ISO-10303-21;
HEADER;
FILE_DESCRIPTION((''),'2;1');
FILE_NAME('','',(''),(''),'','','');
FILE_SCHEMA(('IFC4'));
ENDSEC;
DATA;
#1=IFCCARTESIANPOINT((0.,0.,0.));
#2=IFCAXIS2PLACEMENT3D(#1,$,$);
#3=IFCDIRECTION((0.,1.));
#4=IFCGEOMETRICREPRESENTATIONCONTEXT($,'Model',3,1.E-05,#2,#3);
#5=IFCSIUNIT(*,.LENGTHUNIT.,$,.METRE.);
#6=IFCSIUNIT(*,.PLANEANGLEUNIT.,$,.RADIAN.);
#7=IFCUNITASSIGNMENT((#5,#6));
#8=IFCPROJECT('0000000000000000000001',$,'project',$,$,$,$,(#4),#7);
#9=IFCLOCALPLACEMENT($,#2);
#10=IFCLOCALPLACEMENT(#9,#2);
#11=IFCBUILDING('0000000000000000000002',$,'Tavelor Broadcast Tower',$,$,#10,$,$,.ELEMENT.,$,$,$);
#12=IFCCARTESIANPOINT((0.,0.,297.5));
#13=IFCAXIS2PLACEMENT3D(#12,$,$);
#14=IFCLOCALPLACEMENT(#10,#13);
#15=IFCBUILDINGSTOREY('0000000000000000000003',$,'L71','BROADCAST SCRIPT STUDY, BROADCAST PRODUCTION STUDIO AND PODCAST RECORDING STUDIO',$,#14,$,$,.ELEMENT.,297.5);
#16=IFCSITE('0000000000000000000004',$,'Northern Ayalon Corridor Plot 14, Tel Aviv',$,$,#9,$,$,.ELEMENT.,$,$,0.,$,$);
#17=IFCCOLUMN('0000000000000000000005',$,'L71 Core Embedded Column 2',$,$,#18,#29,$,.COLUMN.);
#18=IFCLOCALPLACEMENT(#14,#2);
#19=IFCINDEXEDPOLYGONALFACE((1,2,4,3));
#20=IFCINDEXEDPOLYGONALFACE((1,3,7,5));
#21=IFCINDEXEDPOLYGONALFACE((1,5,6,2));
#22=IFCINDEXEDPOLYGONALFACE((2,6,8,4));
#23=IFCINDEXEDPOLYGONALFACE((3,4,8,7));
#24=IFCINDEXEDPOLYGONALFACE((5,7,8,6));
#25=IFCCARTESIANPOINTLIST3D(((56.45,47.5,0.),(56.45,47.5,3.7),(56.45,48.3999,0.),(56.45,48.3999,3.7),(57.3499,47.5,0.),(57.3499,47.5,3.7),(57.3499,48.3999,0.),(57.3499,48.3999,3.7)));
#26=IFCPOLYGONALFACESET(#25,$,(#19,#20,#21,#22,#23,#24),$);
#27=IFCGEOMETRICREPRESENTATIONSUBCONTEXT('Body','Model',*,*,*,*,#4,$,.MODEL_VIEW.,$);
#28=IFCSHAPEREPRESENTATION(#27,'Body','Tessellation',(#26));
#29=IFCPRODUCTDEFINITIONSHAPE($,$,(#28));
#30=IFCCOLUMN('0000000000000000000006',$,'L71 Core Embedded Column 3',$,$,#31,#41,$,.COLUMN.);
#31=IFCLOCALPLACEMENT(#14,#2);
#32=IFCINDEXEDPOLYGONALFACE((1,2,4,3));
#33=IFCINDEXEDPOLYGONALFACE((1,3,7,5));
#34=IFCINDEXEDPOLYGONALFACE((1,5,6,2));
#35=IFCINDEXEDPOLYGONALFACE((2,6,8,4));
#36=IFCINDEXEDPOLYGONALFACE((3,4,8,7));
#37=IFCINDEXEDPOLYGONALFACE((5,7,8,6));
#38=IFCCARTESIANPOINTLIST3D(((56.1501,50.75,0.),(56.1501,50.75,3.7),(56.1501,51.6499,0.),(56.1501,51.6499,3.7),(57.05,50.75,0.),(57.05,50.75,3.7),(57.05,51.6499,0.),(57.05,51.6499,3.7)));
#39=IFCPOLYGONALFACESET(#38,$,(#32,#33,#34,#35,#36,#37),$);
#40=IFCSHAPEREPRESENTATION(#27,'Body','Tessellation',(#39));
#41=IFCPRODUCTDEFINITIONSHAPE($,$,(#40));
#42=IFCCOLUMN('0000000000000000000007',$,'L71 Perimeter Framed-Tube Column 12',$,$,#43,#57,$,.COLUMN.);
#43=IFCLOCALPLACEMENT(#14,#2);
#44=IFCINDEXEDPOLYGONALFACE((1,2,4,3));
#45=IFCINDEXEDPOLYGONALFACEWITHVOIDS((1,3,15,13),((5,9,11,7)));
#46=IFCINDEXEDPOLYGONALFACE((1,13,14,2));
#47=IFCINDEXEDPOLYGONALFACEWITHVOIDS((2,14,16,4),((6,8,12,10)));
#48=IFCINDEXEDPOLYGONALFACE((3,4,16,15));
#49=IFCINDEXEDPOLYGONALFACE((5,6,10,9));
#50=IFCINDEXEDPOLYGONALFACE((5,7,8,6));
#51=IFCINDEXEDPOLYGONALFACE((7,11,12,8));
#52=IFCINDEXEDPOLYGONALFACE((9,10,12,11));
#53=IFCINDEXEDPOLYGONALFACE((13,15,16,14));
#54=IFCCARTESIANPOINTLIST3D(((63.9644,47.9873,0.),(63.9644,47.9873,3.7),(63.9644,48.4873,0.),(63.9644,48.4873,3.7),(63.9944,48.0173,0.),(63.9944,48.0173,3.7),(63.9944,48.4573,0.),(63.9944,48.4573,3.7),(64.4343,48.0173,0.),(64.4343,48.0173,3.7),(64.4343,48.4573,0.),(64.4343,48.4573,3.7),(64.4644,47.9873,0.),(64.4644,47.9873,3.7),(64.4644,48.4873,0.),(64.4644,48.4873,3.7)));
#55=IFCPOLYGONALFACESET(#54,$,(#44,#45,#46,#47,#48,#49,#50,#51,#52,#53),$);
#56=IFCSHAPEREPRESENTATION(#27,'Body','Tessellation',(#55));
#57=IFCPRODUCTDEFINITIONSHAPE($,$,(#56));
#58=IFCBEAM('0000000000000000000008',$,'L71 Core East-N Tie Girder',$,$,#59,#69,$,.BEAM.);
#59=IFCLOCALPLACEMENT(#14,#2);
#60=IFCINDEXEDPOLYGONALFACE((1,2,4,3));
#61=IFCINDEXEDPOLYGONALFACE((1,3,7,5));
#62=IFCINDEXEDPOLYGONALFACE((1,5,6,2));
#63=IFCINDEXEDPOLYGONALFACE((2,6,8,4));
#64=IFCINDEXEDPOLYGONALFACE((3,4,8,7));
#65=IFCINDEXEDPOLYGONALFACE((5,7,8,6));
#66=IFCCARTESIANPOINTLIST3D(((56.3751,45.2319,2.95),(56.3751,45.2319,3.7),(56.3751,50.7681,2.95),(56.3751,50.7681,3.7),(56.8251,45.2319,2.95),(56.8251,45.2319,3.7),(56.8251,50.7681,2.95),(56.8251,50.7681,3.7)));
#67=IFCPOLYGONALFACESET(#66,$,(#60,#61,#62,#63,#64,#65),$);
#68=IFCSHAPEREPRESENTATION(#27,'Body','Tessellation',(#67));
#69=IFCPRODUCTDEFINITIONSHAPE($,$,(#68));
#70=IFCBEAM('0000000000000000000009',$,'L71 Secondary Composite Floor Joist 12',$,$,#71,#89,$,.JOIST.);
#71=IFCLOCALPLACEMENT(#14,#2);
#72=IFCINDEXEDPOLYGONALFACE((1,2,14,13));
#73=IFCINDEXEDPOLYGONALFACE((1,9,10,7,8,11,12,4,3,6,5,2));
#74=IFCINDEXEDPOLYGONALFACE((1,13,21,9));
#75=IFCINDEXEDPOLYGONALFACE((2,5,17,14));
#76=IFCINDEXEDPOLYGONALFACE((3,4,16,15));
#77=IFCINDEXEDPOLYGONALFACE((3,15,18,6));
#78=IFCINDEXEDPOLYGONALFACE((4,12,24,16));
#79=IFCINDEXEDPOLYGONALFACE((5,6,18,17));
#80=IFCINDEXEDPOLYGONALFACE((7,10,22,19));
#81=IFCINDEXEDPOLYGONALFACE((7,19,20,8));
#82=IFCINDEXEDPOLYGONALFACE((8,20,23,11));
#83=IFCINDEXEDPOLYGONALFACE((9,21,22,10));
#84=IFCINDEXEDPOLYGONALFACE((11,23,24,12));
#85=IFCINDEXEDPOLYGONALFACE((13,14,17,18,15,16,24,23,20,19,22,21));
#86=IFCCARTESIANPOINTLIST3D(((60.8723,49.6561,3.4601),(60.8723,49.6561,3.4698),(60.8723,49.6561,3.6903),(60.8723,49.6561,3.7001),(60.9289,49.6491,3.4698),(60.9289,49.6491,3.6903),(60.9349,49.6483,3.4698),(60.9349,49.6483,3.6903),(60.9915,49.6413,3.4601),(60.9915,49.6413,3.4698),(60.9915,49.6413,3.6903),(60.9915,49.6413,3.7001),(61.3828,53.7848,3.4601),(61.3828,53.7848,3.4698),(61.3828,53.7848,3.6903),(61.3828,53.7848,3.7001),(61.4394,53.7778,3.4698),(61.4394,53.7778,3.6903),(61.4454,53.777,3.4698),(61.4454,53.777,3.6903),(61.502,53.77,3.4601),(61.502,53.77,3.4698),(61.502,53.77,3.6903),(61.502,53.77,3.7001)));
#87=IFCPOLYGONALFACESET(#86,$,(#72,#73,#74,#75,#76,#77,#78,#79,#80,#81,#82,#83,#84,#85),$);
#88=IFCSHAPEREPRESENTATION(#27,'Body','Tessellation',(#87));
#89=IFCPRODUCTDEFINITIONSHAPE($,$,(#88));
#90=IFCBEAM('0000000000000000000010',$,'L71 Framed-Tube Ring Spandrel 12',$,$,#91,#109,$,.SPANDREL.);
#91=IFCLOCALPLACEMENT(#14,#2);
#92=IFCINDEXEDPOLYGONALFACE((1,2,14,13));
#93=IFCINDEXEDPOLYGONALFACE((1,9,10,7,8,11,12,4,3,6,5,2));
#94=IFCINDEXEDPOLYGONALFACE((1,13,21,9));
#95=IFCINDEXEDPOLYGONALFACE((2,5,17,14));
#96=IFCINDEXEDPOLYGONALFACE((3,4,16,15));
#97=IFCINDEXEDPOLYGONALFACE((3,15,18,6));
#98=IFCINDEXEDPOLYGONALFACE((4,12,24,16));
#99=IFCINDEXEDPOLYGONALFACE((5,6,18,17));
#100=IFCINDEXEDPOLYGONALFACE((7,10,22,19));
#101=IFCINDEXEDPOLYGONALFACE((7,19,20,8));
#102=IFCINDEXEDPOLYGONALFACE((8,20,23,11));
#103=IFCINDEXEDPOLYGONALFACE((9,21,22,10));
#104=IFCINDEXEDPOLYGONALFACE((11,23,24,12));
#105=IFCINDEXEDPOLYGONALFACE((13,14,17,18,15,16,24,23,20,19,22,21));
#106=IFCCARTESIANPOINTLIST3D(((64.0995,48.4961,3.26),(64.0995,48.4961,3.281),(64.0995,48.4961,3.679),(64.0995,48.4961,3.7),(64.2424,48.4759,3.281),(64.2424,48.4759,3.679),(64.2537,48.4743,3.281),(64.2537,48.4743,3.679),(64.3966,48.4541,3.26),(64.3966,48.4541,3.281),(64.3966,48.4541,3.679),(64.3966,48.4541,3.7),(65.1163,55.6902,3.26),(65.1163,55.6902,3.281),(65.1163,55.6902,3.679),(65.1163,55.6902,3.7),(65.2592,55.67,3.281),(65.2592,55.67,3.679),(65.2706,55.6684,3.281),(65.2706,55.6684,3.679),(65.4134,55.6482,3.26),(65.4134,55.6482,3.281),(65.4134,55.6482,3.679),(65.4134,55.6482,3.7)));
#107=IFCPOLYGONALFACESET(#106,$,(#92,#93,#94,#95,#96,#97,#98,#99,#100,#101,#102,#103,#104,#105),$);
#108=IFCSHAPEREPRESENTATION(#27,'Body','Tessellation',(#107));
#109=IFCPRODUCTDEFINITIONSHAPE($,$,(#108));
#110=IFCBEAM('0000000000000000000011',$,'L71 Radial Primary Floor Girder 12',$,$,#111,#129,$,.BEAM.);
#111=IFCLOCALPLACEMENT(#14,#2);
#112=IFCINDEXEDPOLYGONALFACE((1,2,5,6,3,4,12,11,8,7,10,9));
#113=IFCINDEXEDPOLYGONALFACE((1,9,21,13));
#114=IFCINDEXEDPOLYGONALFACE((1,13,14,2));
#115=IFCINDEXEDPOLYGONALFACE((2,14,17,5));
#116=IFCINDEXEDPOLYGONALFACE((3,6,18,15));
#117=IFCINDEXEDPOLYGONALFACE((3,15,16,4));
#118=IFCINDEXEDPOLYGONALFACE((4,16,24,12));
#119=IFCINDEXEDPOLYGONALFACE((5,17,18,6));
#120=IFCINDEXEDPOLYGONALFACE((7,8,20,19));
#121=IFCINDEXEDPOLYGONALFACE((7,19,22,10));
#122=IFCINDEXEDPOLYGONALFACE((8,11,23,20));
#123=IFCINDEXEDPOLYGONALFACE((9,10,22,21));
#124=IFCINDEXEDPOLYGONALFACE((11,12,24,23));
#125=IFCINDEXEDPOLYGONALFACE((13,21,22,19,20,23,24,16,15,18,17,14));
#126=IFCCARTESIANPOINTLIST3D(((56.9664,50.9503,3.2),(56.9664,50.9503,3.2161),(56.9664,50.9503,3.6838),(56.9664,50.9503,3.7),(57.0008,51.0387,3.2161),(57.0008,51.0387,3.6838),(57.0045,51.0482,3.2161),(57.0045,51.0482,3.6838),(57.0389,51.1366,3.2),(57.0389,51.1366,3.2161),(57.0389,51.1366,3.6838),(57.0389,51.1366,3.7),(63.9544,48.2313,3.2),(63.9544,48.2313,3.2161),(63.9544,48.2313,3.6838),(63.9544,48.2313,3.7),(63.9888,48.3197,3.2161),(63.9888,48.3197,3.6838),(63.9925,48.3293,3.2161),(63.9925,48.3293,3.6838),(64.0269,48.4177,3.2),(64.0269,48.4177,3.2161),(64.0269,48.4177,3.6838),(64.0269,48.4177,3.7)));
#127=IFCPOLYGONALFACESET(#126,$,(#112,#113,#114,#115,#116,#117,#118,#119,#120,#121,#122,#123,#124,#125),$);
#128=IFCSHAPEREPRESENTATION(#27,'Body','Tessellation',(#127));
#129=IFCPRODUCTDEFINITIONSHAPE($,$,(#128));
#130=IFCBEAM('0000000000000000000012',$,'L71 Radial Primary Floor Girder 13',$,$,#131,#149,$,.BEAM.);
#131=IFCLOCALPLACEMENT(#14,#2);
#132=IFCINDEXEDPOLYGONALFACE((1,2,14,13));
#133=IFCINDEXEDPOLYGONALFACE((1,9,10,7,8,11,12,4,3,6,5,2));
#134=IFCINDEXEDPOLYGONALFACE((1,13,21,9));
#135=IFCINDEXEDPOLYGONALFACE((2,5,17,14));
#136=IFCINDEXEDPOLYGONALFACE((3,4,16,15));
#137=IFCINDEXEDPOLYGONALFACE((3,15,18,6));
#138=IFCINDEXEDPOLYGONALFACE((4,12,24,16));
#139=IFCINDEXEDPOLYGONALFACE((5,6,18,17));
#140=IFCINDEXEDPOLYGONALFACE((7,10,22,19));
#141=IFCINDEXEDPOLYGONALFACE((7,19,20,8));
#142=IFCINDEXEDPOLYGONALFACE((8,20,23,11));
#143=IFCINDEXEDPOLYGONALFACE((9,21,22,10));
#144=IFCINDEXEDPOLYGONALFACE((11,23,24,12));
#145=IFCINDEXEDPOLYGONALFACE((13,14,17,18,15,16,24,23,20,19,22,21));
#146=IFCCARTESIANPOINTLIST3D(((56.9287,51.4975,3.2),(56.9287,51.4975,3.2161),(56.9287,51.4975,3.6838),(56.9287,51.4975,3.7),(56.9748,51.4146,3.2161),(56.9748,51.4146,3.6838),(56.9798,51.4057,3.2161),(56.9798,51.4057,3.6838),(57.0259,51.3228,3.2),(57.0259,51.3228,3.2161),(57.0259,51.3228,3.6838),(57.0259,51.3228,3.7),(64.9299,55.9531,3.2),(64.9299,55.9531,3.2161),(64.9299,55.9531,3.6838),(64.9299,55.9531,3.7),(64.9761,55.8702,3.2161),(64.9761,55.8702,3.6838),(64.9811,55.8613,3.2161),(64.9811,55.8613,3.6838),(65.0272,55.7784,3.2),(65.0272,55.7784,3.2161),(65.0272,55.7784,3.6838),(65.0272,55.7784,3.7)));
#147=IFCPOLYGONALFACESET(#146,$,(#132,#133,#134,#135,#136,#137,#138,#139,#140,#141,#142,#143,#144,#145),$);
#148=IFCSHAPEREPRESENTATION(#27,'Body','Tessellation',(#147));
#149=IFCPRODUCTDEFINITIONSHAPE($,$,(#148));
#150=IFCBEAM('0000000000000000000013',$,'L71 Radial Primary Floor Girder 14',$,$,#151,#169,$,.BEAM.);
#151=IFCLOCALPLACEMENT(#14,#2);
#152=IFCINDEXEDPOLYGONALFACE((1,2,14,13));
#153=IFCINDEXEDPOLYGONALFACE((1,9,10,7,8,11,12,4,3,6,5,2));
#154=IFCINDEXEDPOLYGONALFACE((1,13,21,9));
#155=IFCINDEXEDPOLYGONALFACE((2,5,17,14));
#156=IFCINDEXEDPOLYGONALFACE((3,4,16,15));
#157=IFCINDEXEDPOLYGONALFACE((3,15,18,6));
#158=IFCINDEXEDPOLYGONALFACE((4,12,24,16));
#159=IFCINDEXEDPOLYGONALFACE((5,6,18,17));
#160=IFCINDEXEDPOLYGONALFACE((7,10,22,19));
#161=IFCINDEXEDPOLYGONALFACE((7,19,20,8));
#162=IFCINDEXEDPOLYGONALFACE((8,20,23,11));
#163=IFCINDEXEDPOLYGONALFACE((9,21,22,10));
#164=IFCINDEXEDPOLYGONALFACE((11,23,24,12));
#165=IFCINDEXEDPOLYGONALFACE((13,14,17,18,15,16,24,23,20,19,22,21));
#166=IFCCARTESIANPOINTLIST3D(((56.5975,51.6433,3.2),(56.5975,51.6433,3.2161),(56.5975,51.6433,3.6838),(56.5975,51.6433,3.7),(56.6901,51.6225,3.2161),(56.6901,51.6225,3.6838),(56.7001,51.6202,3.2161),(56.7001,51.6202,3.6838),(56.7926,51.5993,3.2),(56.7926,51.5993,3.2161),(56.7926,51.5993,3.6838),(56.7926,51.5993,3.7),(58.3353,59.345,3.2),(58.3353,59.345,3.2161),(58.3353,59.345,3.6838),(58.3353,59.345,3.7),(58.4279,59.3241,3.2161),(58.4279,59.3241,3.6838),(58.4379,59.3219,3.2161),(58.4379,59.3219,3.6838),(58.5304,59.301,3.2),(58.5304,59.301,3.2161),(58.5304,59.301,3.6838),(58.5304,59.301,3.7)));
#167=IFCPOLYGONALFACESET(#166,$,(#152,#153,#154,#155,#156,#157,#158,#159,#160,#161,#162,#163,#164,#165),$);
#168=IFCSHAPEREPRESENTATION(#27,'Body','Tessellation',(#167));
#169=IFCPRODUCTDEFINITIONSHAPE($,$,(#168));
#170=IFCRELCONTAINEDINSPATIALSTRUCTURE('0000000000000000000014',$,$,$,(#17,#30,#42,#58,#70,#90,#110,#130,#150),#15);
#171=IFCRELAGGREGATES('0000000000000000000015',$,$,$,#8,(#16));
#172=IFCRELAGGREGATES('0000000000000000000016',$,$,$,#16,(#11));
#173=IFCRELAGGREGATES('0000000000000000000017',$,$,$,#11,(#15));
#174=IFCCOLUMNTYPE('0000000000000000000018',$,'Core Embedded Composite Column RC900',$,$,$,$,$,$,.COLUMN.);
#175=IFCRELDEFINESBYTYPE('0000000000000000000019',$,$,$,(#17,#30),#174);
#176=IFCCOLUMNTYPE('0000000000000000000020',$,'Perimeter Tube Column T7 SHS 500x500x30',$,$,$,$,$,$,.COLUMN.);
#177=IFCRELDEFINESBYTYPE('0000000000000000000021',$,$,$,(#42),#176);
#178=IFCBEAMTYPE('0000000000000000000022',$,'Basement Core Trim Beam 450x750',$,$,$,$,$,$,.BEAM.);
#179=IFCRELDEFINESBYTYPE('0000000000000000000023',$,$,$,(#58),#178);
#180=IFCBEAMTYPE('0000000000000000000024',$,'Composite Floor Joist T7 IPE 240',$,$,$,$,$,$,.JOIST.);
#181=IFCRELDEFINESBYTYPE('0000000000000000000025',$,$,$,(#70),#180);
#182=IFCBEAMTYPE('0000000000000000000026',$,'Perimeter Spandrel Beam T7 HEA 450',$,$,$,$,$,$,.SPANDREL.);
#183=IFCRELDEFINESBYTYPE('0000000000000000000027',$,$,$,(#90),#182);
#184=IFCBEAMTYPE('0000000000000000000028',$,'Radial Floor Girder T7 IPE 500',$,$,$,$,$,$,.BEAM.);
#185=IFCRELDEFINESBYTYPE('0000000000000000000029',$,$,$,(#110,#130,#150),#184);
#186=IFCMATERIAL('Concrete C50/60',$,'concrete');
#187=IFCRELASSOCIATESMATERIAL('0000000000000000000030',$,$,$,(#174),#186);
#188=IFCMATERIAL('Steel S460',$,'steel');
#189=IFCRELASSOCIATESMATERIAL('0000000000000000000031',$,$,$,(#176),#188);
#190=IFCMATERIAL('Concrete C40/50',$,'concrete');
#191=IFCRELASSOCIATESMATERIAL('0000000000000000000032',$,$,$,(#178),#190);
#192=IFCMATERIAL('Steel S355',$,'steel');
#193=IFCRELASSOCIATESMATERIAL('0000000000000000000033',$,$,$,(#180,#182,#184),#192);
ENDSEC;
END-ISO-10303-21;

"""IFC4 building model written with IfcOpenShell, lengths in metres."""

from ifc_helpers import new_model, si_unit, direction, frame, origin, origin_2d, place, context, subcontext, project, spatial, rectangle, hollow_rectangle, i_section, extrude, material, material_profile, profile_set, type_object, element, save


model = new_model("IFC4")

# Units and contexts
model_context = context("Model", 3, precision=1e-05, world=origin(), true_north=direction((0.0, 1.0)))
body_context = subcontext(model_context, "Body", "Model", "MODEL_VIEW")
ifc_project = project(units=[si_unit("LENGTHUNIT", "METRE"), si_unit("PLANEANGLEUNIT", "RADIAN")], contexts=[model_context])

# Site, building, storey
site_placement = place(None, origin())
site = spatial("IfcSite", under=ifc_project, at=site_placement, Name="Northern Ayalon Corridor Plot 14, Tel Aviv", CompositionType="ELEMENT", RefElevation=0.0)
building_placement = place(site_placement, origin())
building = spatial("IfcBuilding", under=site, at=building_placement, Name="Tavelor Broadcast Tower", CompositionType="ELEMENT")
storey_placement = place(building_placement, frame((0.0, 0.0, 297.5)))
storey = spatial("IfcBuildingStorey", under=building, at=storey_placement, Name="L71", Description="BROADCAST SCRIPT STUDY, BROADCAST PRODUCTION STUDIO AND PODCAST RECORDING STUDIO", CompositionType="ELEMENT", Elevation=297.5)

# Columns
ifc_material_1 = material(Name="Concrete C50/60", Category="concrete")
ifc_material_profile_1 = material_profile(ifc_material_1, rectangle(XDim=0.8999, YDim=0.8999, at=origin_2d()), Name="RC 900x900")
ifc_profile_set_1 = profile_set([ifc_material_profile_1], Name="Concrete C50/60")
column_type_1 = type_object("IfcColumnType", Name="Core Embedded Composite Column RC900", PredefinedType="COLUMN", material=ifc_profile_set_1)
for number, where, z_axis, x_axis, name in (
    (1, (56.8999, 47.95, 0.0), (0.0, 0.0, 1.0), (1.0, 0.0, 0.0), "L71 Core Embedded Column 2"),
    (2, (56.6001, 51.2, 0.0), (0.0, 0.0, 1.0), (1.0, 0.0, 0.0), "L71 Core Embedded Column 3"),
):
    element("IfcColumn", number, at=place(storey_placement, frame(where, z_axis=z_axis, x_axis=x_axis)), inside=storey, type_object=column_type_1, Name=name, PredefinedType="COLUMN", context=body_context, shape_type="SweptSolid", body=[
        extrude(rectangle(XDim=0.8999, YDim=0.8999, at=origin_2d()), origin(), (0.0, 0.0, 1.0), 3.7),
    ])
ifc_material_2 = material(Name="Steel S460", Category="steel")
ifc_material_profile_2 = material_profile(ifc_material_2, hollow_rectangle(XDim=0.5, YDim=0.5, WallThickness=0.03, at=origin_2d()), Name="SHS 500x500x30")
ifc_profile_set_2 = profile_set([ifc_material_profile_2], Name="Steel S460")
column_type_2 = type_object("IfcColumnType", Name="Perimeter Tube Column T7 SHS 500x500x30", PredefinedType="COLUMN", material=ifc_profile_set_2)
column_placement = place(storey_placement, frame((64.2144, 48.2373, 0.0), z_axis=(0.0, 0.0, 1.0), x_axis=(1.0, 0.0, 0.0)))
element("IfcColumn", 3, at=column_placement, inside=storey, type_object=column_type_2, Name="L71 Perimeter Framed-Tube Column 12", PredefinedType="COLUMN", context=body_context, shape_type="SweptSolid", body=[
    extrude(hollow_rectangle(XDim=0.5, YDim=0.5, WallThickness=0.03, at=origin_2d()), origin(), (0.0, 0.0, 1.0), 3.7),
])

# Beams
ifc_material_3 = material(Name="Concrete C40/50", Category="concrete")
ifc_material_profile_3 = material_profile(ifc_material_3, rectangle(XDim=0.45, YDim=0.75, at=origin_2d()), Name="RC 450x750")
ifc_profile_set_3 = profile_set([ifc_material_profile_3], Name="Concrete C40/50")
beam_type_1 = type_object("IfcBeamType", Name="Basement Core Trim Beam 450x750", PredefinedType="BEAM", material=ifc_profile_set_3)
beam_1_placement = place(storey_placement, frame((56.6001, 45.2319, 3.325), z_axis=(0.0, 1.0, 0.0), x_axis=(-1.0, 0.0, 0.0)))
element("IfcBeam", 4, at=beam_1_placement, inside=storey, type_object=beam_type_1, Name="L71 Core East-N Tie Girder", PredefinedType="BEAM", context=body_context, shape_type="SweptSolid", body=[
    extrude(rectangle(XDim=0.45, YDim=0.75, at=origin_2d()), origin(), (0.0, 0.0, 1.0), 5.5361),
])
ifc_material_4 = material(Name="Steel S355", Category="steel")
ifc_material_profile_4 = material_profile(ifc_material_4, i_section(OverallWidth=0.1201, OverallDepth=0.24, WebThickness=0.0061, FlangeThickness=0.0098, at=origin_2d()), Name="IPE 240")
ifc_profile_set_4 = profile_set([ifc_material_profile_4], Name="Steel S355")
beam_type_2 = type_object("IfcBeamType", Name="Composite Floor Joist T7 IPE 240", PredefinedType="JOIST", material=ifc_profile_set_4)
beam_2_placement = place(storey_placement, frame((60.9319, 49.6487, 3.5801), z_axis=(0.122713, 0.992442, 0.0), x_axis=(-0.992442, 0.122713, 0.0)))
element("IfcBeam", 5, at=beam_2_placement, inside=storey, type_object=beam_type_2, Name="L71 Secondary Composite Floor Joist 12", PredefinedType="JOIST", context=body_context, shape_type="SweptSolid", body=[
    extrude(i_section(OverallWidth=0.1201, OverallDepth=0.24, WebThickness=0.0061, FlangeThickness=0.0098, at=origin_2d()), origin(), (0.0, 0.0, 1.0), 4.1602),
])
ifc_material_profile_5 = material_profile(ifc_material_4, i_section(OverallWidth=0.3, OverallDepth=0.4399, WebThickness=0.0115, FlangeThickness=0.021, at=origin_2d()), Name="HEA 450")
ifc_profile_set_5 = profile_set([ifc_material_profile_5], Name="Steel S355")
beam_type_3 = type_object("IfcBeamType", Name="Perimeter Spandrel Beam T7 HEA 450", PredefinedType="SPANDREL", material=ifc_profile_set_5)
beam_3_placement = place(storey_placement, frame((64.248, 48.4751, 3.48), z_axis=(0.139953, 0.990158, 0.0), x_axis=(-0.990158, 0.139953, 0.0)))
element("IfcBeam", 6, at=beam_3_placement, inside=storey, type_object=beam_type_3, Name="L71 Framed-Tube Ring Spandrel 12", PredefinedType="SPANDREL", context=body_context, shape_type="SweptSolid", body=[
    extrude(i_section(OverallWidth=0.3, OverallDepth=0.4399, WebThickness=0.0115, FlangeThickness=0.021, at=origin_2d()), origin(), (0.0, 0.0, 1.0), 7.2656),
])
ifc_material_profile_6 = material_profile(ifc_material_4, i_section(OverallWidth=0.2, OverallDepth=0.5, WebThickness=0.0103, FlangeThickness=0.0161, at=origin_2d()), Name="IPE 500")
ifc_profile_set_6 = profile_set([ifc_material_profile_6], Name="Steel S355")
beam_type_4 = type_object("IfcBeamType", Name="Radial Floor Girder T7 IPE 500", PredefinedType="BEAM", material=ifc_profile_set_6)
beam_4_placement = place(storey_placement, frame((57.0027, 51.0435, 3.45), z_axis=(0.93194, -0.362611, 0.0), x_axis=(0.362611, 0.93194, 0.0)))
element("IfcBeam", 7, at=beam_4_placement, inside=storey, type_object=beam_type_4, Name="L71 Radial Primary Floor Girder 12", PredefinedType="BEAM", context=body_context, shape_type="SweptSolid", body=[
    extrude(i_section(OverallWidth=0.2, OverallDepth=0.5, WebThickness=0.0103, FlangeThickness=0.0161, at=origin_2d()), origin(), (0.0, 0.0, 1.0), 7.4983),
])
beam_5_placement = place(storey_placement, frame((56.9773, 51.4102, 3.45), z_axis=(0.873673, 0.486514, 0.0), x_axis=(-0.486514, 0.873673, 0.0)))
element("IfcBeam", 8, at=beam_5_placement, inside=storey, type_object=beam_type_4, Name="L71 Radial Primary Floor Girder 13", PredefinedType="BEAM", context=body_context, shape_type="SweptSolid", body=[
    extrude(i_section(OverallWidth=0.2, OverallDepth=0.5, WebThickness=0.0103, FlangeThickness=0.0161, at=origin_2d()), origin(), (0.0, 0.0, 1.0), 9.1582),
])
beam_6_placement = place(storey_placement, frame((56.6951, 51.6213, 3.45), z_axis=(0.220105, 0.975476, 0.0), x_axis=(-0.975476, 0.220105, 0.0)))
element("IfcBeam", 9, at=beam_6_placement, inside=storey, type_object=beam_type_4, Name="L71 Radial Primary Floor Girder 14", PredefinedType="BEAM", context=body_context, shape_type="SweptSolid", body=[
    extrude(i_section(OverallWidth=0.2, OverallDepth=0.5, WebThickness=0.0103, FlangeThickness=0.0161, at=origin_2d()), origin(), (0.0, 0.0, 1.0), 7.8953),
])

save(model, "model.ifc")
